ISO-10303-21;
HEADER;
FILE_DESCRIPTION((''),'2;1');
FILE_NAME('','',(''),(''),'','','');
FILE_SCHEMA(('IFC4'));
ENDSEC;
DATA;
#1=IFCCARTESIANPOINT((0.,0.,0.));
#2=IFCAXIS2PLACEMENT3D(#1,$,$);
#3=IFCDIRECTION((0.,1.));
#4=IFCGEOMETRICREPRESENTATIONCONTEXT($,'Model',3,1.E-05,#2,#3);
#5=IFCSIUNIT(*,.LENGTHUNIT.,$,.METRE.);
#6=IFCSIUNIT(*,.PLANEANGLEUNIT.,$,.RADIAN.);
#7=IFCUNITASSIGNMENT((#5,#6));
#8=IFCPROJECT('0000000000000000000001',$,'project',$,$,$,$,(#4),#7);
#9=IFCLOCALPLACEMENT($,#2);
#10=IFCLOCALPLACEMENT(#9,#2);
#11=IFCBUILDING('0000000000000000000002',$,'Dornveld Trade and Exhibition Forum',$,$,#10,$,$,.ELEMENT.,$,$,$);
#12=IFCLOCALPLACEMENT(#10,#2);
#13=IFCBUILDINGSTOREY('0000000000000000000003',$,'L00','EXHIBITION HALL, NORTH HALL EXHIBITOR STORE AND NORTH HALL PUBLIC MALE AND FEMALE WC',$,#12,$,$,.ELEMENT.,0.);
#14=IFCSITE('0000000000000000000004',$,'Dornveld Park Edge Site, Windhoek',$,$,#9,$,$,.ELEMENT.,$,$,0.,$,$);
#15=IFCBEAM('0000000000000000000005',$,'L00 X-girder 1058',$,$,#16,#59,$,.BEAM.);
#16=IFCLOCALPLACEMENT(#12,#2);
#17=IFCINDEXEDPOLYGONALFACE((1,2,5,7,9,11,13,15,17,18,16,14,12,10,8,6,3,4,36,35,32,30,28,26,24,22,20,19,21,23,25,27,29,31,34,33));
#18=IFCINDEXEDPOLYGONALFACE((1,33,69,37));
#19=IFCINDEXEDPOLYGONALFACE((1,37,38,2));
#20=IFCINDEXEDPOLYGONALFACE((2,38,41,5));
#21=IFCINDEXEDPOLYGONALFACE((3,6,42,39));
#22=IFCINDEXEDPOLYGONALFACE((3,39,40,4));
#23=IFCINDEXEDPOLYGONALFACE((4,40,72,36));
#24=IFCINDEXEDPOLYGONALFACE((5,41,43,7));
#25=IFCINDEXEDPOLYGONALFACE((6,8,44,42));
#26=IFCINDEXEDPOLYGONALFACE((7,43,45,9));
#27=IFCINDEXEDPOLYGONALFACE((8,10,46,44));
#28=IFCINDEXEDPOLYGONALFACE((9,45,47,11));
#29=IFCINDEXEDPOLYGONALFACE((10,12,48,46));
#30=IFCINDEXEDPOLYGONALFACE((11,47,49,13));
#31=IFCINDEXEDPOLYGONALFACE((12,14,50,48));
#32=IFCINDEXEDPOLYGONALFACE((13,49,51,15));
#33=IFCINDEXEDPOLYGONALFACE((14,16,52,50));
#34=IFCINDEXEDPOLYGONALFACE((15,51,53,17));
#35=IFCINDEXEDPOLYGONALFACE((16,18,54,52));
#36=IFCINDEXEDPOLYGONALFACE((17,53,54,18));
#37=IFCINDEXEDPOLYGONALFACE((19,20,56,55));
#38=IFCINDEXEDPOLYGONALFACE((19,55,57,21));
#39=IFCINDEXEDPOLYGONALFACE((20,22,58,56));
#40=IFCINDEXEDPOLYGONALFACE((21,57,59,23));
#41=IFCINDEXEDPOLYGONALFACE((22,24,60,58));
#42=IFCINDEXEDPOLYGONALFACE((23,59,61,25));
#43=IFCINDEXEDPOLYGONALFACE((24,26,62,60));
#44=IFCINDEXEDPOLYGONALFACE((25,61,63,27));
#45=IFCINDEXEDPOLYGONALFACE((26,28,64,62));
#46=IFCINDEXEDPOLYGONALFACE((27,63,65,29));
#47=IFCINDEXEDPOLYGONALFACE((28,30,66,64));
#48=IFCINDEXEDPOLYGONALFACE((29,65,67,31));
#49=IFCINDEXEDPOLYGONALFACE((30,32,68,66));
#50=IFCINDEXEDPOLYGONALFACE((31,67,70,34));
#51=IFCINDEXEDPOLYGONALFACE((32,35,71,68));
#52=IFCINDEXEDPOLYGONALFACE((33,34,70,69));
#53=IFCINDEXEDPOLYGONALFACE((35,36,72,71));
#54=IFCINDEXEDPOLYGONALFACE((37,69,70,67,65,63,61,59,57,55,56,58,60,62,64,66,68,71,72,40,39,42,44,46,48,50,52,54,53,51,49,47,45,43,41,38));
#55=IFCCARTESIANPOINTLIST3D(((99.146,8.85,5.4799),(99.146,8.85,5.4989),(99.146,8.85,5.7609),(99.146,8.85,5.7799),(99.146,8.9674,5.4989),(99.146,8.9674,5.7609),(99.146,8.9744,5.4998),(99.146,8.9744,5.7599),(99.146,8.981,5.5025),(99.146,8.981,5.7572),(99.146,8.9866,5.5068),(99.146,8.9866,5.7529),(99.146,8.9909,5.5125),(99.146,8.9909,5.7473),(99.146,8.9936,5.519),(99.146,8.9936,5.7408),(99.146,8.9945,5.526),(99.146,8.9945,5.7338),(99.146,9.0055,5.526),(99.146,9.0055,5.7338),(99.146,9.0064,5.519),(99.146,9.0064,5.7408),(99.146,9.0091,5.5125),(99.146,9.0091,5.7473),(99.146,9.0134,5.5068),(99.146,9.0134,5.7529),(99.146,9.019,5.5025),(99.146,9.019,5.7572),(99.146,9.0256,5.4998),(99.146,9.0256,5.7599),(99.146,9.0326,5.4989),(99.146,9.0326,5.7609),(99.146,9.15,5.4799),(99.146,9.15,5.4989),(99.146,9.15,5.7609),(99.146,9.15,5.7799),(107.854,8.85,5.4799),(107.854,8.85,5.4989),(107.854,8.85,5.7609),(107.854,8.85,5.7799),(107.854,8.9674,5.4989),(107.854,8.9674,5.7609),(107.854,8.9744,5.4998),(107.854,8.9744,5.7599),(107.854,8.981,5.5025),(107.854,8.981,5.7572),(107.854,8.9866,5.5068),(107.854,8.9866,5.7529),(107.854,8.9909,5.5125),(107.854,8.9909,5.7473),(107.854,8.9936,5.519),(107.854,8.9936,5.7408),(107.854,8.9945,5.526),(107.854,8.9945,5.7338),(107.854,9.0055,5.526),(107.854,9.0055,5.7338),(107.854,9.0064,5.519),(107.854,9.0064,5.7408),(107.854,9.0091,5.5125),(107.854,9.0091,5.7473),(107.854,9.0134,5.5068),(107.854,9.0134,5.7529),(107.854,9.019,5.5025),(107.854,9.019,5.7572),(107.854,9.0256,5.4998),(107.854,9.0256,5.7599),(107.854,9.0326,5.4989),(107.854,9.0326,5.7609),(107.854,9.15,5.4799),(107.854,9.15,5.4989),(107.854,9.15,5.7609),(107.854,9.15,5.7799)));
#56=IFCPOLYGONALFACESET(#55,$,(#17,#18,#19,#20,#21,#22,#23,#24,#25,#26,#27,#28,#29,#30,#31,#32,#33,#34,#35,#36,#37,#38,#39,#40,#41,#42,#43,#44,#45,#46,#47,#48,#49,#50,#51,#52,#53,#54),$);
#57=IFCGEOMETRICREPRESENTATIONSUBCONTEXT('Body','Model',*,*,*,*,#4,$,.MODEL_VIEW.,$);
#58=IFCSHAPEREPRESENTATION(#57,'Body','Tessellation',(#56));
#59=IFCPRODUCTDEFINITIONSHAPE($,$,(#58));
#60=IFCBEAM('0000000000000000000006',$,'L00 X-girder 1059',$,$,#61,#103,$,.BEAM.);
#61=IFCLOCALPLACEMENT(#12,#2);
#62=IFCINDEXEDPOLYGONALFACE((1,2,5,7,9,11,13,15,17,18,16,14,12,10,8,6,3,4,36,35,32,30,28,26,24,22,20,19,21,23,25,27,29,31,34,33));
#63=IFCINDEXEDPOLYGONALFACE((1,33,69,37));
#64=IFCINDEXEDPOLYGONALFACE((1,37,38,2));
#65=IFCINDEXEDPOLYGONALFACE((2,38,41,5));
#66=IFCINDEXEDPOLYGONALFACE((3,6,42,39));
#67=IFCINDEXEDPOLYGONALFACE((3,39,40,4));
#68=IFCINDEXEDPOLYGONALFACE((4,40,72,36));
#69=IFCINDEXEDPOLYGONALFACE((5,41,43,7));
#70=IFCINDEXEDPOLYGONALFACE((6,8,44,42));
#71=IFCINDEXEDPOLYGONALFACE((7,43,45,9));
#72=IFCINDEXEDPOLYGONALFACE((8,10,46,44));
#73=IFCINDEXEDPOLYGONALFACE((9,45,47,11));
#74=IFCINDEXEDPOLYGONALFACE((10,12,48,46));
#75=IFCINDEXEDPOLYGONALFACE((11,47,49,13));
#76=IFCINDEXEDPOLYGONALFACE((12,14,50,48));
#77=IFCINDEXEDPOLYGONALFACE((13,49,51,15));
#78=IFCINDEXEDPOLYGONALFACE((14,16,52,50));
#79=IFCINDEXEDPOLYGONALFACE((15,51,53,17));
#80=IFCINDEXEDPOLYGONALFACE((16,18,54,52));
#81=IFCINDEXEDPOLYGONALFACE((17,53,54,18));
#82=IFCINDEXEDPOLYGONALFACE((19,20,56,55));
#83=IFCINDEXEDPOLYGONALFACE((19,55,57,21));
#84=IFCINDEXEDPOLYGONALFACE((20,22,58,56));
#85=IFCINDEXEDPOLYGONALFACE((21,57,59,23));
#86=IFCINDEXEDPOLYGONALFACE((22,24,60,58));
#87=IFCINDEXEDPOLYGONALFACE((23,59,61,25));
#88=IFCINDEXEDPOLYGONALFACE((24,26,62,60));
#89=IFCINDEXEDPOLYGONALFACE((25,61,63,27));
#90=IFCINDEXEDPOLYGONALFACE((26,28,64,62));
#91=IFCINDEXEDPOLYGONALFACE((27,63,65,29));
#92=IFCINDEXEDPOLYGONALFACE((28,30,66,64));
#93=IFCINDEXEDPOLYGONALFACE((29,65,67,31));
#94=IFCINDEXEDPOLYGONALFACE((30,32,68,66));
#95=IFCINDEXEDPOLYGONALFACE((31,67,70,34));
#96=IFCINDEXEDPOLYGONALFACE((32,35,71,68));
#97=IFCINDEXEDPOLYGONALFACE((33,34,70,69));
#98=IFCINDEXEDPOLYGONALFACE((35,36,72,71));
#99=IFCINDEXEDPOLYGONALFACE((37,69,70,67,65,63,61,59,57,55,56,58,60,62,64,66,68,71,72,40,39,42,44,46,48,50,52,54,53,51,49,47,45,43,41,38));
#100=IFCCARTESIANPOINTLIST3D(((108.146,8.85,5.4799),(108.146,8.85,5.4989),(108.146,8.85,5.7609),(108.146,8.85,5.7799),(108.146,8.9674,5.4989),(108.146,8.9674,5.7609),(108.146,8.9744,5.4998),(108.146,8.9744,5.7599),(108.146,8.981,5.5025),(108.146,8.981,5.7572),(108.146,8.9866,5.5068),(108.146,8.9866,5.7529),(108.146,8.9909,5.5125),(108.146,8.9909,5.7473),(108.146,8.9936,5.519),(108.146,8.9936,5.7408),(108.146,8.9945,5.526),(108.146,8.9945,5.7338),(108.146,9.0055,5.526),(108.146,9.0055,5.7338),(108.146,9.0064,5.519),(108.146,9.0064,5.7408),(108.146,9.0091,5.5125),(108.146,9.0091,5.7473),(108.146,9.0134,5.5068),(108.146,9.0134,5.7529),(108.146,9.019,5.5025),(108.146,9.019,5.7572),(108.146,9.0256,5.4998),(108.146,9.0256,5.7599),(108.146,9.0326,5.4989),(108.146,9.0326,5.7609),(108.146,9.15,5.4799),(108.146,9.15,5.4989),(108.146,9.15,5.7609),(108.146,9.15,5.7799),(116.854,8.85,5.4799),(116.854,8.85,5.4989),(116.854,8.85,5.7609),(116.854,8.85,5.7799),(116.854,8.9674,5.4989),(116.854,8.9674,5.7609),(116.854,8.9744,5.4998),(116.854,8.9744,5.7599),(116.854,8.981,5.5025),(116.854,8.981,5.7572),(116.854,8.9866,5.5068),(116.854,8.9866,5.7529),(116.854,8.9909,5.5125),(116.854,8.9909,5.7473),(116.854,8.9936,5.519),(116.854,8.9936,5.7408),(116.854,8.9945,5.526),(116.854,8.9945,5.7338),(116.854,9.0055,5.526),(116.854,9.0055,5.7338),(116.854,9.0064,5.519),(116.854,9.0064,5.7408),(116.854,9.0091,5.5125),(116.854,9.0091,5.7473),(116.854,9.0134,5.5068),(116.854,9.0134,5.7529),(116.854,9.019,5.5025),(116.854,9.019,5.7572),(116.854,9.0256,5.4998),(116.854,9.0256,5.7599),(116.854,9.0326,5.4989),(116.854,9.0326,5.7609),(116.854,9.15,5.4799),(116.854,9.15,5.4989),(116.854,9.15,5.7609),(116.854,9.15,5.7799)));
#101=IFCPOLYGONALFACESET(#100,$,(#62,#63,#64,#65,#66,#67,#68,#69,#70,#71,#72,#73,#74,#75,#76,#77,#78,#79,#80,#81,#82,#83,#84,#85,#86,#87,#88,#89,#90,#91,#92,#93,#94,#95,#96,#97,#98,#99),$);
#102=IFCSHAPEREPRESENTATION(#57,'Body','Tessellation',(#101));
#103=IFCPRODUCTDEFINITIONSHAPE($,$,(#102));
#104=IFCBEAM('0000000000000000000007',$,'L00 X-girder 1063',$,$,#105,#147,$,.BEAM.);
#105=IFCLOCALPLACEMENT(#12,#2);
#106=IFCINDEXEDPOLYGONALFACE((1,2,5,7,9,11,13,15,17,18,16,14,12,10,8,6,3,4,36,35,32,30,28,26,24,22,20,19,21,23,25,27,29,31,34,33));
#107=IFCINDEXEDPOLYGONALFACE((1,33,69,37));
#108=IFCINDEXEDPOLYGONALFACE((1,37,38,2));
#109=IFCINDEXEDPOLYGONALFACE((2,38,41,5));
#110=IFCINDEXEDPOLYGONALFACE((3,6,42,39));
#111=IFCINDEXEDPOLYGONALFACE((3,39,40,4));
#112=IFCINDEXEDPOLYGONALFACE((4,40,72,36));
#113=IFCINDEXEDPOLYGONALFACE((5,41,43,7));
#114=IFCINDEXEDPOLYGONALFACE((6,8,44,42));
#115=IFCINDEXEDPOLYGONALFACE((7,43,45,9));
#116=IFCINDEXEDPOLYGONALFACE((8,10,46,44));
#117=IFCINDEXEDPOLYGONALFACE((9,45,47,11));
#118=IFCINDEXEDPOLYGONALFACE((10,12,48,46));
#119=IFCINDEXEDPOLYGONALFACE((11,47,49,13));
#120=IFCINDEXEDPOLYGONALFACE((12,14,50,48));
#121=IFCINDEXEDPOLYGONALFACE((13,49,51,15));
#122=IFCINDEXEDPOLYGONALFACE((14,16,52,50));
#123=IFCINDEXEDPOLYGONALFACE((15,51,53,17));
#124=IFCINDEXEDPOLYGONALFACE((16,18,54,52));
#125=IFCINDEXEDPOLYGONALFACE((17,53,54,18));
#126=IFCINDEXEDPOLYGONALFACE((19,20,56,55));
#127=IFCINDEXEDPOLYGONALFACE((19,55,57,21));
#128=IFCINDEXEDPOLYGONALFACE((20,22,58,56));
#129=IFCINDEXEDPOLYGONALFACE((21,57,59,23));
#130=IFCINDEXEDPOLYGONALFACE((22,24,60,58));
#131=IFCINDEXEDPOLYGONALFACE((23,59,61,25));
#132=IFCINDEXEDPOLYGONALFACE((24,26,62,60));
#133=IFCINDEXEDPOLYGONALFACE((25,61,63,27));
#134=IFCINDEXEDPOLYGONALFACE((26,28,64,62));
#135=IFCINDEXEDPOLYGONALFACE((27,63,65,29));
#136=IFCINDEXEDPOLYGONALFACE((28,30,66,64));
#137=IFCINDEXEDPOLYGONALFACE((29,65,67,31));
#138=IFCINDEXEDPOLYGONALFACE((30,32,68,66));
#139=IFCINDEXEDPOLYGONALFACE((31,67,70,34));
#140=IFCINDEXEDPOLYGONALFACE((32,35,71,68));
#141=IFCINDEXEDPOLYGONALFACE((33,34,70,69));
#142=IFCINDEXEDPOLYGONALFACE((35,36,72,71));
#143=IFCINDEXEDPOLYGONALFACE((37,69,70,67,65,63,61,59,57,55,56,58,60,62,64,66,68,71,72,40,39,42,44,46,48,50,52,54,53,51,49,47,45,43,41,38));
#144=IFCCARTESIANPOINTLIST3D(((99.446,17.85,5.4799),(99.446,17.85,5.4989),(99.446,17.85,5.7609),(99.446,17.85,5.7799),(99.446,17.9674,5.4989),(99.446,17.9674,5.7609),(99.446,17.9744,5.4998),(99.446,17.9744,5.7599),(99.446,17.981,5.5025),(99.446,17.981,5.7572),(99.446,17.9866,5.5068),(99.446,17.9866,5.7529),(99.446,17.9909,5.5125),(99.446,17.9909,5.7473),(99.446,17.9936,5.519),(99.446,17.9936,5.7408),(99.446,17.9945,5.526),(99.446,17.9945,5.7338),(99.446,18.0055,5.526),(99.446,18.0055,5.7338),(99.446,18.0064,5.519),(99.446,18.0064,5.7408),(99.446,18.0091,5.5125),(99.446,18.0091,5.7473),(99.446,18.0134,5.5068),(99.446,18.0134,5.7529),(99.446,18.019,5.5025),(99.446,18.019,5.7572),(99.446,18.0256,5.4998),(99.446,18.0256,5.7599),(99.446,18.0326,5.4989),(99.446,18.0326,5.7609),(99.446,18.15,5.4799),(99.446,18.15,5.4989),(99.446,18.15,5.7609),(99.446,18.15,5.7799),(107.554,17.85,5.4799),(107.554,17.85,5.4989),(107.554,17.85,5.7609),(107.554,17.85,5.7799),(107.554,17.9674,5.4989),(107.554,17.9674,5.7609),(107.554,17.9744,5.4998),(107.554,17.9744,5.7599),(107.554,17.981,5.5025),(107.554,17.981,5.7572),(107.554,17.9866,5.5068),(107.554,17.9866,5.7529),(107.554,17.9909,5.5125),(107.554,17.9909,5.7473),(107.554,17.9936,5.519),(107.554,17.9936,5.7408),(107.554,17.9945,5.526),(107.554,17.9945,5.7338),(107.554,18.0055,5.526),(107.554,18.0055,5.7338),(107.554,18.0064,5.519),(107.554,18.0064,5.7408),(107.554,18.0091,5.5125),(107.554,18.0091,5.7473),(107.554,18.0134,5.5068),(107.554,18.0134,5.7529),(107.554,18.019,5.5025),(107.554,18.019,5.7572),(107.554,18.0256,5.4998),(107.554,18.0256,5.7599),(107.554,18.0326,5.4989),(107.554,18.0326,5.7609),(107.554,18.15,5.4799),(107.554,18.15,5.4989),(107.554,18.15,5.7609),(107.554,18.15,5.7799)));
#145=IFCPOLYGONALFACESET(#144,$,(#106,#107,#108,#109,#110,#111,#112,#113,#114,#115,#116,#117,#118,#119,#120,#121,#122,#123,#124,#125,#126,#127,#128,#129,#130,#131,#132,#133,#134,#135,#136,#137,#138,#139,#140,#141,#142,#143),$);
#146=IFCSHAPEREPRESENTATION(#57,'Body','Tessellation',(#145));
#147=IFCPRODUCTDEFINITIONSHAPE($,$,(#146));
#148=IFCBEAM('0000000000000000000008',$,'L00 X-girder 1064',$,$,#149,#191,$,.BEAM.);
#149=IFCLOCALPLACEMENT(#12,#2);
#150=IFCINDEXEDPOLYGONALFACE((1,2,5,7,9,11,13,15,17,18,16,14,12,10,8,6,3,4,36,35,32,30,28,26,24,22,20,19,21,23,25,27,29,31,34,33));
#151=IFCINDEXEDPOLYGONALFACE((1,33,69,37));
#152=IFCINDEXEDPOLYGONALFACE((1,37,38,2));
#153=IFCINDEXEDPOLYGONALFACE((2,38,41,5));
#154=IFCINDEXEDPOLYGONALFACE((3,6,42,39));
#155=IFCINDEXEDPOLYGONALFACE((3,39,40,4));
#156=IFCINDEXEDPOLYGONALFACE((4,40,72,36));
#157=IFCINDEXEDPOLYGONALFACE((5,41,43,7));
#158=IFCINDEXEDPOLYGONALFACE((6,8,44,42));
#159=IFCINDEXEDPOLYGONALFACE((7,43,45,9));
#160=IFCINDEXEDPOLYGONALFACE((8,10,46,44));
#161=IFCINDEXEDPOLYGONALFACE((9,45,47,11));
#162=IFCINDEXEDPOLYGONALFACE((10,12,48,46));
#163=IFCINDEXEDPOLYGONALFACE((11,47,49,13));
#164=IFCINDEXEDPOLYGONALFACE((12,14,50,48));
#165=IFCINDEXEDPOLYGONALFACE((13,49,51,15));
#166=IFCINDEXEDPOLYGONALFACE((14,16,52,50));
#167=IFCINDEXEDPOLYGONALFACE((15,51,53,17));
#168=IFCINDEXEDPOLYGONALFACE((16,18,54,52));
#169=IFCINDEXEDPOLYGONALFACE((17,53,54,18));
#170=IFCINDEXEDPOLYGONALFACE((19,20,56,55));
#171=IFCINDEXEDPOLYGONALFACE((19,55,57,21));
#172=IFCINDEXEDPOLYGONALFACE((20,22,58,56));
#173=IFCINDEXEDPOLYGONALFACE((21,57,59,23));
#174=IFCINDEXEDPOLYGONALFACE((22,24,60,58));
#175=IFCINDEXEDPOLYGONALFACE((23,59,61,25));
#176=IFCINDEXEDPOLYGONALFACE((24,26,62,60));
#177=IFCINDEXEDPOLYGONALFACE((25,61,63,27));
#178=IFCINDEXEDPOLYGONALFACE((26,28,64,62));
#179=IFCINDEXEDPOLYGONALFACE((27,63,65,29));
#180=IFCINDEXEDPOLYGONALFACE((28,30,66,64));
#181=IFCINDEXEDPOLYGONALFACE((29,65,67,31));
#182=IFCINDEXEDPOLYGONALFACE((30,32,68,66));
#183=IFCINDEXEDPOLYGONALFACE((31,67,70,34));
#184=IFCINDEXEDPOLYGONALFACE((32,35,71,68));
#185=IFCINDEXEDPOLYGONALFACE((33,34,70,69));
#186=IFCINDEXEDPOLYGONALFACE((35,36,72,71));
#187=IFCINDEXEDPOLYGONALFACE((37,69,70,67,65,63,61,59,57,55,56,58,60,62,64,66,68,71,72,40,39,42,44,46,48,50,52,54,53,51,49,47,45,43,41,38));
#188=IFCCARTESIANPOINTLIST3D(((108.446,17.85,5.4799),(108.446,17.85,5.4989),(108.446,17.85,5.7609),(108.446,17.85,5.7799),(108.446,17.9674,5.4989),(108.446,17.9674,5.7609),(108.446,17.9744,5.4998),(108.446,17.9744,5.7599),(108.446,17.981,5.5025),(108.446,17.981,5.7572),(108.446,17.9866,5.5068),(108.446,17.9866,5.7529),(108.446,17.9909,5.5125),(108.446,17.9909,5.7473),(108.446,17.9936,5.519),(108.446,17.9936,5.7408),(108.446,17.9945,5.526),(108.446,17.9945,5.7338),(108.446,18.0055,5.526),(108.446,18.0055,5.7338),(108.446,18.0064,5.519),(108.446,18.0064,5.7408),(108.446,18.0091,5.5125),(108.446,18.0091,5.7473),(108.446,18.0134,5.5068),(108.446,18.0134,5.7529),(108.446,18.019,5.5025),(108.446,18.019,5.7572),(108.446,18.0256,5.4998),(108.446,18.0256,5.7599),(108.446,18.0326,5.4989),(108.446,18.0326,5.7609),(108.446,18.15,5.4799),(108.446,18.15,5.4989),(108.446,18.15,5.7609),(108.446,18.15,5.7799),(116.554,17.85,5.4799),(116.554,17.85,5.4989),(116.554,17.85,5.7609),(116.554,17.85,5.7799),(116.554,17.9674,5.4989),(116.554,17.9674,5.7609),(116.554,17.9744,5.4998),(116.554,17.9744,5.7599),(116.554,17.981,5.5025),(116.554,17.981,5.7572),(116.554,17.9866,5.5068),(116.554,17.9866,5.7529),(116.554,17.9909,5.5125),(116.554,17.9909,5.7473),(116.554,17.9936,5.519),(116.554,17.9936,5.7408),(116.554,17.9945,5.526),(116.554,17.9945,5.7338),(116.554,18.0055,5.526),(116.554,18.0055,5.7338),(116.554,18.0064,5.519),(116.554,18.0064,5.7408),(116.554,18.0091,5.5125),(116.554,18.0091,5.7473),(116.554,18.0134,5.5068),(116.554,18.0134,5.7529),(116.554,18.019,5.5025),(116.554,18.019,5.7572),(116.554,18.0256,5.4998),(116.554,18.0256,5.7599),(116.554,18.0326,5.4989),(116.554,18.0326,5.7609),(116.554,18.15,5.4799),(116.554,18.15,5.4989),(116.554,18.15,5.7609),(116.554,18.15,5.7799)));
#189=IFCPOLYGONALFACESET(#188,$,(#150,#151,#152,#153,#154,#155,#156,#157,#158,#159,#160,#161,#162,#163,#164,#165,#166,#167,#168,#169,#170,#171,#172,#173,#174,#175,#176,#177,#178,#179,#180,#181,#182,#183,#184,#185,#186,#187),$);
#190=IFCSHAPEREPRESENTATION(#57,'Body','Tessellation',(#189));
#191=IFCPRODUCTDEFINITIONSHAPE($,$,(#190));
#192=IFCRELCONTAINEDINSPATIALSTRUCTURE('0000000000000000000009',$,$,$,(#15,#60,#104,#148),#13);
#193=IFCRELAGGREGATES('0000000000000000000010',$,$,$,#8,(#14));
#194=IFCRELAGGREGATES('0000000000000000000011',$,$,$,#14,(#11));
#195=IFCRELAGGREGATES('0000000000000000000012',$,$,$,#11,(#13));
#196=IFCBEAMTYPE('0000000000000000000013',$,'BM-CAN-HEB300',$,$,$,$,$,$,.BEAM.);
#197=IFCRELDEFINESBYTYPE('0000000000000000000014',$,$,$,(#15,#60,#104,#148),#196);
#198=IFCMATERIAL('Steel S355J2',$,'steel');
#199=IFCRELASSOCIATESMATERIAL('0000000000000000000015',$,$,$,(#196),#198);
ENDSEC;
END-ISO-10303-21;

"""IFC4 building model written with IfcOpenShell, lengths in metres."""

from ifc_helpers import new_model, si_unit, direction, frame, origin, origin_2d, place, context, subcontext, project, spatial, i_section, extrude, material, material_profile, profile_set, type_object, element, save


model = new_model("IFC4")

# Units and contexts
model_context = context("Model", 3, precision=1e-05, world=origin(), true_north=direction((0.0, 1.0)))
body_context = subcontext(model_context, "Body", "Model", "MODEL_VIEW")
ifc_project = project(units=[si_unit("LENGTHUNIT", "METRE"), si_unit("PLANEANGLEUNIT", "RADIAN")], contexts=[model_context])

# Site, building, storey
site_placement = place(None, origin())
site = spatial("IfcSite", under=ifc_project, at=site_placement, Name="Dornveld Park Edge Site, Windhoek", CompositionType="ELEMENT", RefElevation=0.0)
building_placement = place(site_placement, origin())
building = spatial("IfcBuilding", under=site, at=building_placement, Name="Dornveld Trade and Exhibition Forum", CompositionType="ELEMENT")
storey_placement = place(building_placement, origin())
storey = spatial("IfcBuildingStorey", under=building, at=storey_placement, Name="L00", Description="EXHIBITION HALL, NORTH HALL EXHIBITOR STORE AND NORTH HALL PUBLIC MALE AND FEMALE WC", CompositionType="ELEMENT", Elevation=0.0)

# Beams
ifc_material_1 = material(Name="Steel S355J2", Category="steel")
ifc_material_profile_1 = material_profile(ifc_material_1, i_section(OverallWidth=0.3, OverallDepth=0.3, WebThickness=0.011, FlangeThickness=0.019, FilletRadius=0.0271, at=origin_2d()), Name="HEB 300")
ifc_profile_set_1 = profile_set([ifc_material_profile_1], Name="Steel S355J2")
beam_type_1 = type_object("IfcBeamType", Name="BM-CAN-HEB300", PredefinedType="BEAM", material=ifc_profile_set_1)
for number, where, z_axis, x_axis, name in (
    (1, (99.146, 9.0, 5.6299), (1.0, 0.0, 0.0), (0.0, 1.0, 0.0), "L00 X-girder 1058"),
    (2, (108.146, 9.0, 5.6299), (1.0, 0.0, 0.0), (0.0, 1.0, 0.0), "L00 X-girder 1059"),
):
    element("IfcBeam", number, at=place(storey_placement, frame(where, z_axis=z_axis, x_axis=x_axis)), inside=storey, type_object=beam_type_1, Name=name, PredefinedType="BEAM", context=body_context, shape_type="SweptSolid", body=[
        extrude(i_section(OverallWidth=0.3, OverallDepth=0.3, WebThickness=0.011, FlangeThickness=0.019, FilletRadius=0.0271, at=origin_2d()), origin(), (0.0, 0.0, 1.0), 8.708),
    ])
for number, where, z_axis, x_axis, name in (
    (3, (99.446, 18.0, 5.6299), (1.0, 0.0, 0.0), (0.0, 1.0, 0.0), "L00 X-girder 1063"),
    (4, (108.446, 18.0, 5.6299), (1.0, 0.0, 0.0), (0.0, 1.0, 0.0), "L00 X-girder 1064"),
):
    element("IfcBeam", number, at=place(storey_placement, frame(where, z_axis=z_axis, x_axis=x_axis)), inside=storey, type_object=beam_type_1, Name=name, PredefinedType="BEAM", context=body_context, shape_type="SweptSolid", body=[
        extrude(i_section(OverallWidth=0.3, OverallDepth=0.3, WebThickness=0.011, FlangeThickness=0.019, FilletRadius=0.0271, at=origin_2d()), origin(), (0.0, 0.0, 1.0), 8.1079),
    ])

save(model, "model.ifc")
